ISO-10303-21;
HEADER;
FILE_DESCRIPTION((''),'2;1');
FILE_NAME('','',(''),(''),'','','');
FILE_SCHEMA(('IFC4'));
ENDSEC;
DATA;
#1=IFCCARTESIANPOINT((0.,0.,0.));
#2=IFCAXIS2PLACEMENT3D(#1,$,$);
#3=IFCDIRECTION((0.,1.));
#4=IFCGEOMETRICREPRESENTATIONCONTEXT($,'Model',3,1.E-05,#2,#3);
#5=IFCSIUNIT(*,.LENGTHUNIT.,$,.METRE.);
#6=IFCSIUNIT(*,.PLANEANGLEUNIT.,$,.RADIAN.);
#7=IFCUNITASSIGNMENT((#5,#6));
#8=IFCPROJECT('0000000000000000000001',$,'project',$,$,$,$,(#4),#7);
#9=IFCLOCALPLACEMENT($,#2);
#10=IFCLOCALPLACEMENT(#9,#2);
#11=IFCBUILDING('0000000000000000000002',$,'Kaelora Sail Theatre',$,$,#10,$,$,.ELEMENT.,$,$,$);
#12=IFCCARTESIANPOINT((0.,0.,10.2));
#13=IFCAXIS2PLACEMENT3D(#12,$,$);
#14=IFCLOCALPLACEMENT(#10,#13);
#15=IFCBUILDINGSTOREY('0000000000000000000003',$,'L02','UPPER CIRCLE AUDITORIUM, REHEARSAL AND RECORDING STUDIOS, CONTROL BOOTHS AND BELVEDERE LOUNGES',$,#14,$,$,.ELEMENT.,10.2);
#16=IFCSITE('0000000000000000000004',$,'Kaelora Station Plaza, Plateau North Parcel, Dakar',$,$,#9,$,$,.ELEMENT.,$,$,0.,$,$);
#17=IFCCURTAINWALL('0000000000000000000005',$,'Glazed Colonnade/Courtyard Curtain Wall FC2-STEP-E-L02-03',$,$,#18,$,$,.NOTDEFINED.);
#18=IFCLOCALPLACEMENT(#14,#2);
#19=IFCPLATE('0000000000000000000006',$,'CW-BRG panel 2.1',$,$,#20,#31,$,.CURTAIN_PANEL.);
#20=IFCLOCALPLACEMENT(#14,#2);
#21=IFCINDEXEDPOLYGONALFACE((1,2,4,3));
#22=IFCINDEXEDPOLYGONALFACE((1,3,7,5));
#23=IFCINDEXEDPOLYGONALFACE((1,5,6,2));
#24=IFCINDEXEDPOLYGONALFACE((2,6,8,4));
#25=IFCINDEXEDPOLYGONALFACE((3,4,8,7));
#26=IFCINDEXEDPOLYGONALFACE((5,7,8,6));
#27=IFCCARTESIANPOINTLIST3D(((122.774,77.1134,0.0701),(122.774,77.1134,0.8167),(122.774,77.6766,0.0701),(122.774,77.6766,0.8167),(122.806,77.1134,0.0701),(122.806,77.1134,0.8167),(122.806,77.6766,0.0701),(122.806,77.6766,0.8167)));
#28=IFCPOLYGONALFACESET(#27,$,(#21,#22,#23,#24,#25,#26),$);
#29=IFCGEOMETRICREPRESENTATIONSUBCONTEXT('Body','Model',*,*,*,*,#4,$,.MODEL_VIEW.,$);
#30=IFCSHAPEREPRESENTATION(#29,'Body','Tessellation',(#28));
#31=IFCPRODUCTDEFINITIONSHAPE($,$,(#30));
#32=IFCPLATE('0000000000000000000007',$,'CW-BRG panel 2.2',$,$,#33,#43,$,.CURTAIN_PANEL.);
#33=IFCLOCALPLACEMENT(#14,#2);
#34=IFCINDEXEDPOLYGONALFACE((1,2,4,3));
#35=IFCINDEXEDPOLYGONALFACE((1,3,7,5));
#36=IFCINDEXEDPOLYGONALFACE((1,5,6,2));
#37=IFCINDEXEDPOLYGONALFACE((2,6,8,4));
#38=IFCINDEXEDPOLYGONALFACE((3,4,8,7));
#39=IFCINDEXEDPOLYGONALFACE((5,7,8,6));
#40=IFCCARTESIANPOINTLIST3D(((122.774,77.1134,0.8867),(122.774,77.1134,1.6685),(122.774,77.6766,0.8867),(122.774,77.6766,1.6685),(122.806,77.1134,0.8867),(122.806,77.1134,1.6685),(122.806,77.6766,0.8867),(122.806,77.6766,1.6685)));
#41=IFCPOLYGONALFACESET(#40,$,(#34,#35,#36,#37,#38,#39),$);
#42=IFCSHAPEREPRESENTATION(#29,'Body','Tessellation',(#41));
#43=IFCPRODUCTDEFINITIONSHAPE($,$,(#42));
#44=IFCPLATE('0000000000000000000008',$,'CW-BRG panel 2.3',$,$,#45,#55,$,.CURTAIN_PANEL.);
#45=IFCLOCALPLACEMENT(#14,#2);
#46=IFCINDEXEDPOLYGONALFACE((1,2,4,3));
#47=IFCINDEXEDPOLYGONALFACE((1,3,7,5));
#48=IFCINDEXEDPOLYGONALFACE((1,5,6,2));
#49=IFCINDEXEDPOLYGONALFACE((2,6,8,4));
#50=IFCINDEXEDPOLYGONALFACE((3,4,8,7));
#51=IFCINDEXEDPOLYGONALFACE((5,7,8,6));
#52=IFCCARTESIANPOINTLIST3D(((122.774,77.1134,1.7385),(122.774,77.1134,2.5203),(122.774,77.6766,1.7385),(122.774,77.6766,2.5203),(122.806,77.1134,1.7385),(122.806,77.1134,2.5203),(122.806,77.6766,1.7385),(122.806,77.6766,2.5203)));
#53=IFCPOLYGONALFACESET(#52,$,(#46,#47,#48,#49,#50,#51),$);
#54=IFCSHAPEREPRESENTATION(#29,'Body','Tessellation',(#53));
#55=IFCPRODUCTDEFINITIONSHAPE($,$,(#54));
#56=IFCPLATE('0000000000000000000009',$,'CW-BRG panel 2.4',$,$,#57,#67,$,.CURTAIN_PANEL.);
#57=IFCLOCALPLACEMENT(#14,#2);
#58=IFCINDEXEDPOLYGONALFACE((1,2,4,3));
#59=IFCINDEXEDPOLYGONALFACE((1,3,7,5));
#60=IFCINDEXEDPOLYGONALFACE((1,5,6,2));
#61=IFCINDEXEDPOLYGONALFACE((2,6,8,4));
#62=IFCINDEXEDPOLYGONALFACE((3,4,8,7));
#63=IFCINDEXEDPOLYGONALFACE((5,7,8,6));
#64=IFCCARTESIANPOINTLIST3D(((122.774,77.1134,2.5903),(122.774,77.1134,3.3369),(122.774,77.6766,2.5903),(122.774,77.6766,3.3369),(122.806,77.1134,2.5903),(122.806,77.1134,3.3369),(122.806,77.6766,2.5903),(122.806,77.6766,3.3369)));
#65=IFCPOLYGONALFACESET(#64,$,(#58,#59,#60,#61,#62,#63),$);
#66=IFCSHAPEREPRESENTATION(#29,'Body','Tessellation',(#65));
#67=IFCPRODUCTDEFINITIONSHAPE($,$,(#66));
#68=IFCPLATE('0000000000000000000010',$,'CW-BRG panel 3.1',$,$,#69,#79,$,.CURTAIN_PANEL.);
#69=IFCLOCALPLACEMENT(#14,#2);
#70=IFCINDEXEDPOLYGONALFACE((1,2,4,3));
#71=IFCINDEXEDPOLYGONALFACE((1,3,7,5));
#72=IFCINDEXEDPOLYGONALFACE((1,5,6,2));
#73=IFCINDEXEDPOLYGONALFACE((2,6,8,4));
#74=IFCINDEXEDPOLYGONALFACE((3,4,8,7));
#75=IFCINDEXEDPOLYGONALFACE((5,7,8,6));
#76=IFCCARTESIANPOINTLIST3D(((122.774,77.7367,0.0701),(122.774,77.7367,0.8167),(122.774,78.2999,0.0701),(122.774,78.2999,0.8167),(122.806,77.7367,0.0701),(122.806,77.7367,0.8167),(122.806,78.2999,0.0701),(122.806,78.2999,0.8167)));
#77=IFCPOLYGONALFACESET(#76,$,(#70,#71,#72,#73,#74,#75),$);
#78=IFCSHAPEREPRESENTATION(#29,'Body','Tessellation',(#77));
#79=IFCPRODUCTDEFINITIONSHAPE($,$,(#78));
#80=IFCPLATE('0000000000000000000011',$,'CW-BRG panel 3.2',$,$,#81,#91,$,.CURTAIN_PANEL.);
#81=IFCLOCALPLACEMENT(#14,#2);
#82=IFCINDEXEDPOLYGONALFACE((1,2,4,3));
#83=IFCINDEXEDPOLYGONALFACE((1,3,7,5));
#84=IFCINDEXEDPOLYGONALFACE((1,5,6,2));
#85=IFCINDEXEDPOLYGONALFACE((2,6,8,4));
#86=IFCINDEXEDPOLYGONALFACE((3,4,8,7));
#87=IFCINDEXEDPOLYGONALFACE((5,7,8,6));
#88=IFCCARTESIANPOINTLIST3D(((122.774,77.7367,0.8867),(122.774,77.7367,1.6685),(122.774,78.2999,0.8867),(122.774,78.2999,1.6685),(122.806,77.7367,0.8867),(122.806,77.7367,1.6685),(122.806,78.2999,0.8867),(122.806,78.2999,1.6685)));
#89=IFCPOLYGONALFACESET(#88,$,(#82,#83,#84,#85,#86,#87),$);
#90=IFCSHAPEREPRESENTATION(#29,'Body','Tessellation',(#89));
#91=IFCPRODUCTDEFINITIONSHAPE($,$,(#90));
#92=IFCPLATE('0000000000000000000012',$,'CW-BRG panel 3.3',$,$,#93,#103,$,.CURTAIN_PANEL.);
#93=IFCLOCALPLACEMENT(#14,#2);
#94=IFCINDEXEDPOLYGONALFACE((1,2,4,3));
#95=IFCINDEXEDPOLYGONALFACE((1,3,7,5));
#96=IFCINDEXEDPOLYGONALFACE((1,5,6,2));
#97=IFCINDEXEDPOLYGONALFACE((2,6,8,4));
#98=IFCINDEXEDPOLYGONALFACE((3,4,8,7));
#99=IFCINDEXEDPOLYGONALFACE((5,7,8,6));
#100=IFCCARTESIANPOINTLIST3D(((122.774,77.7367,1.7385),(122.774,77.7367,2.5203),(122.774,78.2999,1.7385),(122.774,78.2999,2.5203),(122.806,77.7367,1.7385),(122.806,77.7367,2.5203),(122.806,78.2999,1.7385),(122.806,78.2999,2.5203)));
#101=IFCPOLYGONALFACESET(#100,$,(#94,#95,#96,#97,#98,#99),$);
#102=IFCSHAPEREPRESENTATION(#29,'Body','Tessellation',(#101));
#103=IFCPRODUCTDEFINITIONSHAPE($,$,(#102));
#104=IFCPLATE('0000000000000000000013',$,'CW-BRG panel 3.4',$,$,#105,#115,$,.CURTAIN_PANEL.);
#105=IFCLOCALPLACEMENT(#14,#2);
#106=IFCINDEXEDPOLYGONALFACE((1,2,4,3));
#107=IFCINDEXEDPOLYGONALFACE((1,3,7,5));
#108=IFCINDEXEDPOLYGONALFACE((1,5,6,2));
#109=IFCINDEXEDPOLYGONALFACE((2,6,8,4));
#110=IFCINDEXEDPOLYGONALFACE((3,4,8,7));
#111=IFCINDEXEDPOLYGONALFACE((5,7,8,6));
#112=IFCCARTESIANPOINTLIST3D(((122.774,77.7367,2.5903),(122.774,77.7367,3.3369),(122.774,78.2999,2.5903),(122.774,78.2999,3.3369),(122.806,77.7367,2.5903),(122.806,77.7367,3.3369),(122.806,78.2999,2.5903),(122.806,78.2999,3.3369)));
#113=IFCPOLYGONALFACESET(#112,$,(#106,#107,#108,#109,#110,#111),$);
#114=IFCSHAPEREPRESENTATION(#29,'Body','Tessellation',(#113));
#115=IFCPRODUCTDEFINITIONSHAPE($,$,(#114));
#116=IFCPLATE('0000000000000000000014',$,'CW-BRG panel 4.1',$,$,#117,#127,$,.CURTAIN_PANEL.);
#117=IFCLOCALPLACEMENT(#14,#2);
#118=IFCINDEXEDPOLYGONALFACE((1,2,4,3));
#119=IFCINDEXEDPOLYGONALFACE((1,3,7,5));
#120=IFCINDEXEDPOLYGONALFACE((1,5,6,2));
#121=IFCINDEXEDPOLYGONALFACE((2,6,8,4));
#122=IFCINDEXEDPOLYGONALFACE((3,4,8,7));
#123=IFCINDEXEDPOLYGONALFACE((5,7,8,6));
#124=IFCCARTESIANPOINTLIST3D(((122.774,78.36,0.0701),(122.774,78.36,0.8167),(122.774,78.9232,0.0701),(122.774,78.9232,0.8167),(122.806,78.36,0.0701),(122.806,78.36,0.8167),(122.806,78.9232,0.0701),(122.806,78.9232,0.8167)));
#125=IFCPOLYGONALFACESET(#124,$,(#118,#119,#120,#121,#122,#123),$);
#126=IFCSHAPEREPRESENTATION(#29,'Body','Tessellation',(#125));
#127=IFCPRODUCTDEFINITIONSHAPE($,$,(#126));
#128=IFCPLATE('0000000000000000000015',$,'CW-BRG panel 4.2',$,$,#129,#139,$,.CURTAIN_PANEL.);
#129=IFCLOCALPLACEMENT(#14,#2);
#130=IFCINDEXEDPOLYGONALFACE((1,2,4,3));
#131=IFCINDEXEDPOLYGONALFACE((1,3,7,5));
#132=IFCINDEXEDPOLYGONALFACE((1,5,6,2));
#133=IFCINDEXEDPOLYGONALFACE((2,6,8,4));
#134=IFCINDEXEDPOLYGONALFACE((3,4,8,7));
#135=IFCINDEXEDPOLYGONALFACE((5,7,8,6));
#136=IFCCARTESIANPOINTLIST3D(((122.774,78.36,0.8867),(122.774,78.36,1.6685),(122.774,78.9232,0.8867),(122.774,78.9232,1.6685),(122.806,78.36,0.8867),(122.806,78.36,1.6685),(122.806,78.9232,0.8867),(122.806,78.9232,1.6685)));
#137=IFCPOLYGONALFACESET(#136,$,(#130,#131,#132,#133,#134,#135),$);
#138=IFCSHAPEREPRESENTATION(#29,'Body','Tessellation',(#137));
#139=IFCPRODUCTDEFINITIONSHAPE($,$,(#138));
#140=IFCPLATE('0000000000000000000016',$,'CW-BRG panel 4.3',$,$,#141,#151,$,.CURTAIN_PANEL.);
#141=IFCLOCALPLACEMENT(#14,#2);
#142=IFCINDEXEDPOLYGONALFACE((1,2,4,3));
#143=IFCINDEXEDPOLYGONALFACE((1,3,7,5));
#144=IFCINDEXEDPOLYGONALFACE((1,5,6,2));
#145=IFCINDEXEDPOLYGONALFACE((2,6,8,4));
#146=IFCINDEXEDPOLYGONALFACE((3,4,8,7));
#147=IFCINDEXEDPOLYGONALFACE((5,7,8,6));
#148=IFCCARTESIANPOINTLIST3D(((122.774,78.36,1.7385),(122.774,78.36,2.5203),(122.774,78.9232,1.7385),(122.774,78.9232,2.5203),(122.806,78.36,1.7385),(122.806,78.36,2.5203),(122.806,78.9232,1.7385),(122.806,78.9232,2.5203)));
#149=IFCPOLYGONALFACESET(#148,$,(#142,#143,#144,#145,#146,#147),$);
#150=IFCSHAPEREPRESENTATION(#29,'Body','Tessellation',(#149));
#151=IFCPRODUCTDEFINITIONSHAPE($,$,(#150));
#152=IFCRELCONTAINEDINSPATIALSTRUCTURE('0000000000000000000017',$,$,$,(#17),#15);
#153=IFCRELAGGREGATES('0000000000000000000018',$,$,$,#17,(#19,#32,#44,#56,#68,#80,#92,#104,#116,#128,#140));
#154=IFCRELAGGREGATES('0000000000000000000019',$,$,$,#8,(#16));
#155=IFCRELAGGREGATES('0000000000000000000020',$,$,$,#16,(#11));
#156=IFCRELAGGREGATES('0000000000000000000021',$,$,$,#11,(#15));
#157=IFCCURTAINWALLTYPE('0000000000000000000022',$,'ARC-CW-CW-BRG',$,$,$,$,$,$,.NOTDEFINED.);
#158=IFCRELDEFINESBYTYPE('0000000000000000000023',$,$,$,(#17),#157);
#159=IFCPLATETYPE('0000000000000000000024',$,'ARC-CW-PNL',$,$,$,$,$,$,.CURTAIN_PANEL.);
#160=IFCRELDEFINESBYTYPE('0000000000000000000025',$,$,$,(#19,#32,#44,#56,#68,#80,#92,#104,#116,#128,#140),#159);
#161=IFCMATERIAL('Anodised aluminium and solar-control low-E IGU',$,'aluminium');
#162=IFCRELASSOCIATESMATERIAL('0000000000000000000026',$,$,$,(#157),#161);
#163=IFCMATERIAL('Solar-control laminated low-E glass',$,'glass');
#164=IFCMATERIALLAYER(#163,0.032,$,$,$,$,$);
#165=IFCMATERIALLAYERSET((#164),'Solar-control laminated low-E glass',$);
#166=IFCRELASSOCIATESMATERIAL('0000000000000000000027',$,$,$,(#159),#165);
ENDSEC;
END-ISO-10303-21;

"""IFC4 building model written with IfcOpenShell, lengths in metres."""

from ifc_helpers import new_model, si_unit, direction, frame, origin, origin_2d, place, context, subcontext, project, spatial, rectangle, extrude, material, layer, layer_set, type_object, element, aggregate, save


model = new_model("IFC4")

# Units and contexts
model_context = context("Model", 3, precision=1e-05, world=origin(), true_north=direction((0.0, 1.0)))
body_context = subcontext(model_context, "Body", "Model", "MODEL_VIEW")
ifc_project = project(units=[si_unit("LENGTHUNIT", "METRE"), si_unit("PLANEANGLEUNIT", "RADIAN")], contexts=[model_context])

# Site, building, storey
site_placement = place(None, origin())
site = spatial("IfcSite", under=ifc_project, at=site_placement, Name="Kaelora Station Plaza, Plateau North Parcel, Dakar", CompositionType="ELEMENT", RefElevation=0.0)
building_placement = place(site_placement, origin())
building = spatial("IfcBuilding", under=site, at=building_placement, Name="Kaelora Sail Theatre", CompositionType="ELEMENT")
storey_placement = place(building_placement, frame((0.0, 0.0, 10.2)))
storey = spatial("IfcBuildingStorey", under=building, at=storey_placement, Name="L02", Description="UPPER CIRCLE AUDITORIUM, REHEARSAL AND RECORDING STUDIOS, CONTROL BOOTHS AND BELVEDERE LOUNGES", CompositionType="ELEMENT", Elevation=10.2)

# Curtain wall, plates
ifc_material_1 = material(Name="Anodised aluminium and solar-control low-E IGU", Category="aluminium")
curtain_wall_type = type_object("IfcCurtainWallType", Name="ARC-CW-CW-BRG", PredefinedType="NOTDEFINED", material=ifc_material_1)
curtain_wall_placement = place(storey_placement, origin())
curtain_wall = element("IfcCurtainWall", 1, at=curtain_wall_placement, inside=storey, type_object=curtain_wall_type, Name="Glazed Colonnade/Courtyard Curtain Wall FC2-STEP-E-L02-03", PredefinedType="NOTDEFINED")
ifc_material_2 = material(Name="Solar-control laminated low-E glass", Category="glass")
ifc_layer = layer(ifc_material_2, 0.032)
ifc_layer_set = layer_set([ifc_layer], Name="Solar-control laminated low-E glass")
plate_type = type_object("IfcPlateType", Name="ARC-CW-PNL", PredefinedType="CURTAIN_PANEL", material=ifc_layer_set)
plate_1_placement = place(storey_placement, frame((122.79, 77.395, 0.0701), z_axis=(0.0, 0.0, 1.0), x_axis=(0.0, 1.0, 0.0)))
plate_1 = element("IfcPlate", 2, at=plate_1_placement, type_object=plate_type, Name="CW-BRG panel 2.1", PredefinedType="CURTAIN_PANEL", context=body_context, shape_type="SweptSolid", body=[
    extrude(rectangle(XDim=0.5632, YDim=0.032, at=origin_2d()), origin(), (0.0, 0.0, 1.0), 0.7466),
])
plate_2_placement = place(storey_placement, frame((122.79, 77.395, 0.8867), z_axis=(0.0, 0.0, 1.0), x_axis=(0.0, 1.0, 0.0)))
plate_2 = element("IfcPlate", 3, at=plate_2_placement, type_object=plate_type, Name="CW-BRG panel 2.2", PredefinedType="CURTAIN_PANEL", context=body_context, shape_type="SweptSolid", body=[
    extrude(rectangle(XDim=0.5632, YDim=0.032, at=origin_2d()), origin(), (0.0, 0.0, 1.0), 0.7817),
])
plate_3_placement = place(storey_placement, frame((122.79, 77.395, 1.7385), z_axis=(0.0, 0.0, 1.0), x_axis=(0.0, 1.0, 0.0)))
plate_3 = element("IfcPlate", 4, at=plate_3_placement, type_object=plate_type, Name="CW-BRG panel 2.3", PredefinedType="CURTAIN_PANEL", context=body_context, shape_type="SweptSolid", body=[
    extrude(rectangle(XDim=0.5632, YDim=0.032, at=origin_2d()), origin(), (0.0, 0.0, 1.0), 0.7817),
])
plate_4_placement = place(storey_placement, frame((122.79, 77.395, 2.5903), z_axis=(0.0, 0.0, 1.0), x_axis=(0.0, 1.0, 0.0)))
plate_4 = element("IfcPlate", 5, at=plate_4_placement, type_object=plate_type, Name="CW-BRG panel 2.4", PredefinedType="CURTAIN_PANEL", context=body_context, shape_type="SweptSolid", body=[
    extrude(rectangle(XDim=0.5632, YDim=0.032, at=origin_2d()), origin(), (0.0, 0.0, 1.0), 0.7466),
])
plate_5_placement = place(storey_placement, frame((122.79, 78.0183, 0.0701), z_axis=(0.0, 0.0, 1.0), x_axis=(0.0, 1.0, 0.0)))
plate_5 = element("IfcPlate", 6, at=plate_5_placement, type_object=plate_type, Name="CW-BRG panel 3.1", PredefinedType="CURTAIN_PANEL", context=body_context, shape_type="SweptSolid", body=[
    extrude(rectangle(XDim=0.5632, YDim=0.032, at=origin_2d()), origin(), (0.0, 0.0, 1.0), 0.7466),
])
plate_6_placement = place(storey_placement, frame((122.79, 78.0183, 0.8867), z_axis=(0.0, 0.0, 1.0), x_axis=(0.0, 1.0, 0.0)))
plate_6 = element("IfcPlate", 7, at=plate_6_placement, type_object=plate_type, Name="CW-BRG panel 3.2", PredefinedType="CURTAIN_PANEL", context=body_context, shape_type="SweptSolid", body=[
    extrude(rectangle(XDim=0.5632, YDim=0.032, at=origin_2d()), origin(), (0.0, 0.0, 1.0), 0.7817),
])
plate_7_placement = place(storey_placement, frame((122.79, 78.0183, 1.7385), z_axis=(0.0, 0.0, 1.0), x_axis=(0.0, 1.0, 0.0)))
plate_7 = element("IfcPlate", 8, at=plate_7_placement, type_object=plate_type, Name="CW-BRG panel 3.3", PredefinedType="CURTAIN_PANEL", context=body_context, shape_type="SweptSolid", body=[
    extrude(rectangle(XDim=0.5632, YDim=0.032, at=origin_2d()), origin(), (0.0, 0.0, 1.0), 0.7817),
])
plate_8_placement = place(storey_placement, frame((122.79, 78.0183, 2.5903), z_axis=(0.0, 0.0, 1.0), x_axis=(0.0, 1.0, 0.0)))
plate_8 = element("IfcPlate", 9, at=plate_8_placement, type_object=plate_type, Name="CW-BRG panel 3.4", PredefinedType="CURTAIN_PANEL", context=body_context, shape_type="SweptSolid", body=[
    extrude(rectangle(XDim=0.5632, YDim=0.032, at=origin_2d()), origin(), (0.0, 0.0, 1.0), 0.7466),
])
plate_9_placement = place(storey_placement, frame((122.79, 78.6416, 0.0701), z_axis=(0.0, 0.0, 1.0), x_axis=(0.0, 1.0, 0.0)))
plate_9 = element("IfcPlate", 10, at=plate_9_placement, type_object=plate_type, Name="CW-BRG panel 4.1", PredefinedType="CURTAIN_PANEL", context=body_context, shape_type="SweptSolid", body=[
    extrude(rectangle(XDim=0.5632, YDim=0.032, at=origin_2d()), origin(), (0.0, 0.0, 1.0), 0.7466),
])
plate_10_placement = place(storey_placement, frame((122.79, 78.6416, 0.8867), z_axis=(0.0, 0.0, 1.0), x_axis=(0.0, 1.0, 0.0)))
plate_10 = element("IfcPlate", 11, at=plate_10_placement, type_object=plate_type, Name="CW-BRG panel 4.2", PredefinedType="CURTAIN_PANEL", context=body_context, shape_type="SweptSolid", body=[
    extrude(rectangle(XDim=0.5632, YDim=0.032, at=origin_2d()), origin(), (0.0, 0.0, 1.0), 0.7817),
])
plate_11_placement = place(storey_placement, frame((122.79, 78.6416, 1.7385), z_axis=(0.0, 0.0, 1.0), x_axis=(0.0, 1.0, 0.0)))
plate_11 = element("IfcPlate", 12, at=plate_11_placement, type_object=plate_type, Name="CW-BRG panel 4.3", PredefinedType="CURTAIN_PANEL", context=body_context, shape_type="SweptSolid", body=[
    extrude(rectangle(XDim=0.5632, YDim=0.032, at=origin_2d()), origin(), (0.0, 0.0, 1.0), 0.7817),
])
aggregate(curtain_wall, [plate_1, plate_2, plate_3, plate_4, plate_5, plate_6, plate_7, plate_8, plate_9, plate_10, plate_11])

save(model, "model.ifc")
